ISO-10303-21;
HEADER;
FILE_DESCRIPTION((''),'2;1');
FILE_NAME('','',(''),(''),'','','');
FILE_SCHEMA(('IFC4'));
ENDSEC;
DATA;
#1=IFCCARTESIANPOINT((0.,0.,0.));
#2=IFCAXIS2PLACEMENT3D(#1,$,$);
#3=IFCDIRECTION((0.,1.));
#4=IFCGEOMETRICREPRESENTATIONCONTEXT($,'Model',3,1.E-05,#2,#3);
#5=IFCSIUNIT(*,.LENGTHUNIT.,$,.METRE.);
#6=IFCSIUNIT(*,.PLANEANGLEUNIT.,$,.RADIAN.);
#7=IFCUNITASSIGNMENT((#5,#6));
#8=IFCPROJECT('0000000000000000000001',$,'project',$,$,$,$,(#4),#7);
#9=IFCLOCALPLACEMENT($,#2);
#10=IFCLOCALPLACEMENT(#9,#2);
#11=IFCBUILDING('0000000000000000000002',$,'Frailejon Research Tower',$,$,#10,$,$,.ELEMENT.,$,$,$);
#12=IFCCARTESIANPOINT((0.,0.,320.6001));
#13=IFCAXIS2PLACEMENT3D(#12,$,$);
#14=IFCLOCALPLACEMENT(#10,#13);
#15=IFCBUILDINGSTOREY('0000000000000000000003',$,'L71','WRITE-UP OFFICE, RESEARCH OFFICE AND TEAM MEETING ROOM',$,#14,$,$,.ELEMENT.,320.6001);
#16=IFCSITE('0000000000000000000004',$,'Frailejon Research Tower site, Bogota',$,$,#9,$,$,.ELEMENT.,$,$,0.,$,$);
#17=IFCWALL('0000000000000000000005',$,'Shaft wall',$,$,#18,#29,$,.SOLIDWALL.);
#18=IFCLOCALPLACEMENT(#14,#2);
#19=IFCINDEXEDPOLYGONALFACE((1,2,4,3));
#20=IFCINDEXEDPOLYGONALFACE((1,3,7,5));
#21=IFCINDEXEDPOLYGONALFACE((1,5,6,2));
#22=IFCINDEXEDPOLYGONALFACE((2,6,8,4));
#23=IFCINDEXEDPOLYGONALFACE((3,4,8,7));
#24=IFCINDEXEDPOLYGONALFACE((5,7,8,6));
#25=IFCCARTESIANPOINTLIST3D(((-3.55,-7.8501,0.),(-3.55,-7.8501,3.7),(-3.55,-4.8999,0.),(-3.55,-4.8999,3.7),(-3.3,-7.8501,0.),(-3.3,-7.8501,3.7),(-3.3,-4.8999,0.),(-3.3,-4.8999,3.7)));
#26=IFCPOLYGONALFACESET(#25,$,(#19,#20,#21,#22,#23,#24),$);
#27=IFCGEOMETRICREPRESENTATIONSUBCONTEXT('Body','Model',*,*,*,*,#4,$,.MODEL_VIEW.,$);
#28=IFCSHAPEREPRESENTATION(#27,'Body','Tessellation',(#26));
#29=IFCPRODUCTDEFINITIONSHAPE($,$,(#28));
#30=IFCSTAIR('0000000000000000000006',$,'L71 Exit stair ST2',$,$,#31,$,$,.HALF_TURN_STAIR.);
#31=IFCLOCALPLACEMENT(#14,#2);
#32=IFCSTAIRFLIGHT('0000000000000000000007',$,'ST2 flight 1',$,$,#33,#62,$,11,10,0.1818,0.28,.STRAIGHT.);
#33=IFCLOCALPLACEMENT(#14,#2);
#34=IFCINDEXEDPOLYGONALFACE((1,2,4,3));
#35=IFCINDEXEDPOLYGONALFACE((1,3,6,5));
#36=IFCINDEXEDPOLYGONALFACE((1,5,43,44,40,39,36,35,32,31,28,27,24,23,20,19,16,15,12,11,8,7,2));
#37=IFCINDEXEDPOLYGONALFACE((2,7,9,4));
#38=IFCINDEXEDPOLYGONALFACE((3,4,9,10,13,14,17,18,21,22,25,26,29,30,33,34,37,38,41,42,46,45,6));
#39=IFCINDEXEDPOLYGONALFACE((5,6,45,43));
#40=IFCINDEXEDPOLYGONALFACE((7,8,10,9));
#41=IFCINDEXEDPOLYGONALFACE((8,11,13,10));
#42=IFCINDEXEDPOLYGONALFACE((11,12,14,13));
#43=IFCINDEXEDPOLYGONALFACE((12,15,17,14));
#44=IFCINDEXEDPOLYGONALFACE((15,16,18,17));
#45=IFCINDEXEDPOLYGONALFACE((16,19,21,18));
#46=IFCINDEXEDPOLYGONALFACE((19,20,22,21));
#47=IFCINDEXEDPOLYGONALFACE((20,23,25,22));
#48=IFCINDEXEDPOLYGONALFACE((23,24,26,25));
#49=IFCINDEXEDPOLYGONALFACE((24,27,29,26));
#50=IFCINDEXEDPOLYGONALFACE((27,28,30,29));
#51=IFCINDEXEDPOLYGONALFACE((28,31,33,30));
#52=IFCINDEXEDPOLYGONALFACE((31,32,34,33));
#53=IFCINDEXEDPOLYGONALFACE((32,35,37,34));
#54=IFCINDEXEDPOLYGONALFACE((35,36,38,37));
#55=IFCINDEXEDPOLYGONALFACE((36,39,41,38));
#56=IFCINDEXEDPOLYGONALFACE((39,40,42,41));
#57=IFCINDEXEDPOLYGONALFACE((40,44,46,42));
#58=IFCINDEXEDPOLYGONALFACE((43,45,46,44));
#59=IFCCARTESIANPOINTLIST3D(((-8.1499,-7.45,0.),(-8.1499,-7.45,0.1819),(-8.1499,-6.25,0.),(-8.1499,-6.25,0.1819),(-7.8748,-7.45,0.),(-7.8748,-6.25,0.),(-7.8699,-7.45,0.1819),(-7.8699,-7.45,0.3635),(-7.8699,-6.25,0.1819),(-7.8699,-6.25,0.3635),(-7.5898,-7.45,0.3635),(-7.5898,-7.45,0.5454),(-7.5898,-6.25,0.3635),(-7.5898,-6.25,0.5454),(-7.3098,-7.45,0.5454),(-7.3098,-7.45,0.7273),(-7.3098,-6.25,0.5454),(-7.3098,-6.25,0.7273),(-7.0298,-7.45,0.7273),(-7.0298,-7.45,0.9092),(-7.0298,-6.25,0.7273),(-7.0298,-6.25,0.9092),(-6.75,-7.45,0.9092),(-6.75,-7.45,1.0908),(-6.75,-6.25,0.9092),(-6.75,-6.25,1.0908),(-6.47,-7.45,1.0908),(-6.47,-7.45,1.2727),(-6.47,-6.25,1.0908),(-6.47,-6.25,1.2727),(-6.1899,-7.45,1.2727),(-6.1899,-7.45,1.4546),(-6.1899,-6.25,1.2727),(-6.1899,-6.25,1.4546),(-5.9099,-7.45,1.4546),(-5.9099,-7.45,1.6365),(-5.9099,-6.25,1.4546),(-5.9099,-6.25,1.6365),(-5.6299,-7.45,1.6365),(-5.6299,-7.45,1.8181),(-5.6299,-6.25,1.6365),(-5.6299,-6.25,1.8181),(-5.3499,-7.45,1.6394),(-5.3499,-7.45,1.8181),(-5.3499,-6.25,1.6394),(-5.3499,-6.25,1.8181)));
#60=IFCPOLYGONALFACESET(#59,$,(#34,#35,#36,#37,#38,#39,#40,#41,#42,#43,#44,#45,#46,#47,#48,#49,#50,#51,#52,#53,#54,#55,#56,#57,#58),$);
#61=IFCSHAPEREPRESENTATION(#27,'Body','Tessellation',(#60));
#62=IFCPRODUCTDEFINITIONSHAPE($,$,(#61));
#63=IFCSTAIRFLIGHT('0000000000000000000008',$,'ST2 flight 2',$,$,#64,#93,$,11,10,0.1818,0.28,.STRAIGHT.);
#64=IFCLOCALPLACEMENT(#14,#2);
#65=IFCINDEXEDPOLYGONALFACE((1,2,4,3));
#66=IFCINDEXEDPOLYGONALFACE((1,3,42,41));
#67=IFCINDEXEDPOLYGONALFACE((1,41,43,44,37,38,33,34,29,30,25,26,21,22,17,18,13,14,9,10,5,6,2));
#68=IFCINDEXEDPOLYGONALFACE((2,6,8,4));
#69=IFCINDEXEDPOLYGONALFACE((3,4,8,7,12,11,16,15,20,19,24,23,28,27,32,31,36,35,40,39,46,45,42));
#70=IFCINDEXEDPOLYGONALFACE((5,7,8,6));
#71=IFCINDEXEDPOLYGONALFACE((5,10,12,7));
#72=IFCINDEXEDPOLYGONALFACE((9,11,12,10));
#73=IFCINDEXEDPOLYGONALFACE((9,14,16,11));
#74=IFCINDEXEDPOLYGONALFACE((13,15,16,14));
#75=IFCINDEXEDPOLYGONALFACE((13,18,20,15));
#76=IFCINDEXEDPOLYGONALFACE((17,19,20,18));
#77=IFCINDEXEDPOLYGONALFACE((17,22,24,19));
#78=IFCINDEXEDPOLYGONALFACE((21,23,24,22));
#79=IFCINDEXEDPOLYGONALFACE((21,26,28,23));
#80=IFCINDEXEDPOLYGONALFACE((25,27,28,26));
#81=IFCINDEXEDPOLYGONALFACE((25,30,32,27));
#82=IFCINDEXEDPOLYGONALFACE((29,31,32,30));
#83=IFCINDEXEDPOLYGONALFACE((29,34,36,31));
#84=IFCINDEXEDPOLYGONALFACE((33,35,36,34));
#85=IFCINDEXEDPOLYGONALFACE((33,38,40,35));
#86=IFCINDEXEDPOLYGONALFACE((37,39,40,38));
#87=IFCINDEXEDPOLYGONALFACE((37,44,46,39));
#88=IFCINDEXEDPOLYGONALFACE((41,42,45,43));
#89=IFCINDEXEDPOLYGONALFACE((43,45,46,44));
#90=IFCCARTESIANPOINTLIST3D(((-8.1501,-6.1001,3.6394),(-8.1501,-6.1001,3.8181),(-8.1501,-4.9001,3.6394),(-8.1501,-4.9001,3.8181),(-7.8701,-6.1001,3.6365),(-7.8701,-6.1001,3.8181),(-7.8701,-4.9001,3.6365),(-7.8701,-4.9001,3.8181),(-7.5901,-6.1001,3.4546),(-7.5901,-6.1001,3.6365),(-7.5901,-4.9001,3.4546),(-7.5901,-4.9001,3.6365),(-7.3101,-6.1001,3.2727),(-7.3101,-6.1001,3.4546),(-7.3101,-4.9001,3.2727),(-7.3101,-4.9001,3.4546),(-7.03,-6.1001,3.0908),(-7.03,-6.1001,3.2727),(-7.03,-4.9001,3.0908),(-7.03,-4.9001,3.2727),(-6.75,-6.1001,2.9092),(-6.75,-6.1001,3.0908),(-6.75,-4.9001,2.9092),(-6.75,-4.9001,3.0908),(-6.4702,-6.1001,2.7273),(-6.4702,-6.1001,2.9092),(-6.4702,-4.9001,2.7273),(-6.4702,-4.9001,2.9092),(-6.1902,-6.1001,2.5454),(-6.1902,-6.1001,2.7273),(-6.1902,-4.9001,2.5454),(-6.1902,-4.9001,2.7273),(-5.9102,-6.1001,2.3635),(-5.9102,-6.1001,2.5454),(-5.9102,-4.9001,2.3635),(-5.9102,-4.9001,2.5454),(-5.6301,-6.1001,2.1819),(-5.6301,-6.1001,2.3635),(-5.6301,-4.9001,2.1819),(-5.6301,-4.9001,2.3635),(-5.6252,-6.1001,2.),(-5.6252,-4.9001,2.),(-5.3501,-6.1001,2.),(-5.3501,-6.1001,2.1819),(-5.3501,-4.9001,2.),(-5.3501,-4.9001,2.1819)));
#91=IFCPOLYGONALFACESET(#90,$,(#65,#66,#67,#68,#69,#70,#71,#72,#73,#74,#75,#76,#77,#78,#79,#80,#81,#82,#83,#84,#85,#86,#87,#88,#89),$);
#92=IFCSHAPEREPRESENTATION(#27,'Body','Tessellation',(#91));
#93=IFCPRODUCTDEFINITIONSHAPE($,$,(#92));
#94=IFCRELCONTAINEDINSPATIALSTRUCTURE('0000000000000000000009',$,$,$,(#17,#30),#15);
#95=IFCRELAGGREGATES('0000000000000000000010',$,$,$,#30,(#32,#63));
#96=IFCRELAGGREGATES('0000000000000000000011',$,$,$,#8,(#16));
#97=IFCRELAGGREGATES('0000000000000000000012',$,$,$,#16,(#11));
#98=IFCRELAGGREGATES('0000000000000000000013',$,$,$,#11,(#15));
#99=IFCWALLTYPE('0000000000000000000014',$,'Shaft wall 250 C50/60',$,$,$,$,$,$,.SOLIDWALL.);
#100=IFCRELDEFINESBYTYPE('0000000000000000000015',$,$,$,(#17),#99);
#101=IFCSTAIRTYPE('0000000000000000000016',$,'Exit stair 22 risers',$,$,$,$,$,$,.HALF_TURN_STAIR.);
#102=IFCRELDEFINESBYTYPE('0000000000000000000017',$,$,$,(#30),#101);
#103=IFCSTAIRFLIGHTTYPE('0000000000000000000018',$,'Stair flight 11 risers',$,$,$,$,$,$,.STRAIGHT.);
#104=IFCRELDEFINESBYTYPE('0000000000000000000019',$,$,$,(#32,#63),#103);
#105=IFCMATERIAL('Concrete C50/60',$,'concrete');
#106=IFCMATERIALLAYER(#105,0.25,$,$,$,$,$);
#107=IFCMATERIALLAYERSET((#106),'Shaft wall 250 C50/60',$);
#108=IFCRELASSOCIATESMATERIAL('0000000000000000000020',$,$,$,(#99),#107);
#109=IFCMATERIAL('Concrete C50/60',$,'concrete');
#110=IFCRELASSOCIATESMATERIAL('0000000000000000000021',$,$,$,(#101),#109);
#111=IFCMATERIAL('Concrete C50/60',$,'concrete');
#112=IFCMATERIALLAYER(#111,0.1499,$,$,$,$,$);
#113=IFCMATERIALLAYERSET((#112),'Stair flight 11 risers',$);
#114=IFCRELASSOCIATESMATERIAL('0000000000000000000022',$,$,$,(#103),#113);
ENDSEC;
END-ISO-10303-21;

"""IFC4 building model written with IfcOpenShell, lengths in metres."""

from ifc_helpers import new_model, si_unit, direction, frame, frame_2d, origin, place, context, subcontext, project, spatial, polyline, rectangle, outline, extrude, material, layer, layer_set, type_object, element, aggregate, save


model = new_model("IFC4")

# Units and contexts
model_context = context("Model", 3, precision=1e-05, world=origin(), true_north=direction((0.0, 1.0)))
body_context = subcontext(model_context, "Body", "Model", "MODEL_VIEW")
ifc_project = project(units=[si_unit("LENGTHUNIT", "METRE"), si_unit("PLANEANGLEUNIT", "RADIAN")], contexts=[model_context])

# Site, building, storey
site_placement = place(None, origin())
site = spatial("IfcSite", under=ifc_project, at=site_placement, Name="Frailejon Research Tower site, Bogota", CompositionType="ELEMENT", RefElevation=0.0)
building_placement = place(site_placement, origin())
building = spatial("IfcBuilding", under=site, at=building_placement, Name="Frailejon Research Tower", CompositionType="ELEMENT")
storey_placement = place(building_placement, frame((0.0, 0.0, 320.6001)))
storey = spatial("IfcBuildingStorey", under=building, at=storey_placement, Name="L71", Description="WRITE-UP OFFICE, RESEARCH OFFICE AND TEAM MEETING ROOM", CompositionType="ELEMENT", Elevation=320.6001)

# Shared definitions
ifc_material_1 = material(Name="Concrete C50/60", Category="concrete")
ifc_layer_1 = layer(ifc_material_1, 0.25)
ifc_layer_set_1 = layer_set([ifc_layer_1], Name="Shaft wall 250 C50/60")
wall_type_1 = type_object("IfcWallType", Name="Shaft wall 250 C50/60", PredefinedType="SOLIDWALL", material=ifc_layer_set_1)

# Wall
wall_1_placement = place(storey_placement, frame((-3.425, -7.8501, 0.0), z_axis=(0.0, 0.0, 1.0), x_axis=(0.0, 1.0, 0.0)))
element("IfcWall", 1, at=wall_1_placement, inside=storey, type_object=wall_type_1, Name="Shaft wall", PredefinedType="SOLIDWALL", context=body_context, shape_type="SweptSolid", body=[
    extrude(rectangle(XDim=2.9502, YDim=0.25, at=frame_2d((1.4751, 0.0))), origin(), (0.0, 0.0, 1.0), 3.7),
])

# Stair, stair flights
ifc_material_2 = material(Name="Concrete C50/60", Category="concrete")
stair_type = type_object("IfcStairType", Name="Exit stair 22 risers", PredefinedType="HALF_TURN_STAIR", material=ifc_material_2)
stair_placement = place(storey_placement, origin())
stair = element("IfcStair", 2, at=stair_placement, inside=storey, type_object=stair_type, Name="L71 Exit stair ST2", PredefinedType="HALF_TURN_STAIR")
ifc_material_3 = material(Name="Concrete C50/60", Category="concrete")
ifc_layer_2 = layer(ifc_material_3, 0.1499)
ifc_layer_set_2 = layer_set([ifc_layer_2], Name="Stair flight 11 risers")
stair_flight_type = type_object("IfcStairFlightType", Name="Stair flight 11 risers", PredefinedType="STRAIGHT", material=ifc_layer_set_2)
stair_flight_1_placement = place(storey_placement, frame((-8.1499, -6.8501, 0.0), z_axis=(0.0, 0.0, 1.0), x_axis=(1.0, 0.0, 0.0)))
stair_flight_1 = element("IfcStairFlight", 3, at=stair_flight_1_placement, type_object=stair_flight_type, Name="ST2 flight 1", NumberOfRisers=11, NumberOfTreads=10, PredefinedType="STRAIGHT", RiserHeight=0.1818, TreadLength=0.28, context=body_context, shape_type="SweptSolid", body=[
    extrude(outline(polyline([(0.0, 0.0), (0.0, 0.1819), (0.28, 0.1819), (0.28, 0.3635), (0.5601, 0.3635), (0.5601, 0.5454), (0.8401, 0.5454), (0.8401, 0.7273), (1.1201, 0.7273), (1.1201, 0.9092), (1.3999, 0.9092), (1.3999, 1.0908), (1.6799, 1.0908), (1.6799, 1.2727), (1.96, 1.2727), (1.96, 1.4546), (2.24, 1.4546), (2.24, 1.6365), (2.52, 1.6365), (2.52, 1.8181), (2.8, 1.8181), (2.8, 2.0), (2.8, 1.6394), (0.2751, 0.0), (0.0, 0.0)])), frame((0.0, 0.6001, 0.0), z_axis=(0.0, -1.0, 0.0), x_axis=(1.0, 0.0, 0.0)), (0.0, 0.0, 1.0), 1.2),
])
stair_flight_2_placement = place(storey_placement, frame((-5.3501, -5.5, 2.0), z_axis=(0.0, 0.0, 1.0), x_axis=(-1.0, 0.0, 0.0)))
stair_flight_2 = element("IfcStairFlight", 4, at=stair_flight_2_placement, type_object=stair_flight_type, Name="ST2 flight 2", NumberOfRisers=11, NumberOfTreads=10, PredefinedType="STRAIGHT", RiserHeight=0.1818, TreadLength=0.28, context=body_context, shape_type="SweptSolid", body=[
    extrude(outline(polyline([(0.0, 0.0), (0.0, 0.1819), (0.28, 0.1819), (0.28, 0.3635), (0.5601, 0.3635), (0.5601, 0.5454), (0.8401, 0.5454), (0.8401, 0.7273), (1.1201, 0.7273), (1.1201, 0.9092), (1.3999, 0.9092), (1.3999, 1.0908), (1.6799, 1.0908), (1.6799, 1.2727), (1.96, 1.2727), (1.96, 1.4546), (2.24, 1.4546), (2.24, 1.6365), (2.52, 1.6365), (2.52, 1.8181), (2.8, 1.8181), (2.8, 2.0), (2.8, 1.6394), (0.2751, 0.0), (0.0, 0.0)])), frame((0.0, 0.6001, 0.0), z_axis=(0.0, -1.0, 0.0), x_axis=(1.0, 0.0, 0.0)), (0.0, 0.0, 1.0), 1.2),
])
aggregate(stair, [stair_flight_1, stair_flight_2])

save(model, "model.ifc")
